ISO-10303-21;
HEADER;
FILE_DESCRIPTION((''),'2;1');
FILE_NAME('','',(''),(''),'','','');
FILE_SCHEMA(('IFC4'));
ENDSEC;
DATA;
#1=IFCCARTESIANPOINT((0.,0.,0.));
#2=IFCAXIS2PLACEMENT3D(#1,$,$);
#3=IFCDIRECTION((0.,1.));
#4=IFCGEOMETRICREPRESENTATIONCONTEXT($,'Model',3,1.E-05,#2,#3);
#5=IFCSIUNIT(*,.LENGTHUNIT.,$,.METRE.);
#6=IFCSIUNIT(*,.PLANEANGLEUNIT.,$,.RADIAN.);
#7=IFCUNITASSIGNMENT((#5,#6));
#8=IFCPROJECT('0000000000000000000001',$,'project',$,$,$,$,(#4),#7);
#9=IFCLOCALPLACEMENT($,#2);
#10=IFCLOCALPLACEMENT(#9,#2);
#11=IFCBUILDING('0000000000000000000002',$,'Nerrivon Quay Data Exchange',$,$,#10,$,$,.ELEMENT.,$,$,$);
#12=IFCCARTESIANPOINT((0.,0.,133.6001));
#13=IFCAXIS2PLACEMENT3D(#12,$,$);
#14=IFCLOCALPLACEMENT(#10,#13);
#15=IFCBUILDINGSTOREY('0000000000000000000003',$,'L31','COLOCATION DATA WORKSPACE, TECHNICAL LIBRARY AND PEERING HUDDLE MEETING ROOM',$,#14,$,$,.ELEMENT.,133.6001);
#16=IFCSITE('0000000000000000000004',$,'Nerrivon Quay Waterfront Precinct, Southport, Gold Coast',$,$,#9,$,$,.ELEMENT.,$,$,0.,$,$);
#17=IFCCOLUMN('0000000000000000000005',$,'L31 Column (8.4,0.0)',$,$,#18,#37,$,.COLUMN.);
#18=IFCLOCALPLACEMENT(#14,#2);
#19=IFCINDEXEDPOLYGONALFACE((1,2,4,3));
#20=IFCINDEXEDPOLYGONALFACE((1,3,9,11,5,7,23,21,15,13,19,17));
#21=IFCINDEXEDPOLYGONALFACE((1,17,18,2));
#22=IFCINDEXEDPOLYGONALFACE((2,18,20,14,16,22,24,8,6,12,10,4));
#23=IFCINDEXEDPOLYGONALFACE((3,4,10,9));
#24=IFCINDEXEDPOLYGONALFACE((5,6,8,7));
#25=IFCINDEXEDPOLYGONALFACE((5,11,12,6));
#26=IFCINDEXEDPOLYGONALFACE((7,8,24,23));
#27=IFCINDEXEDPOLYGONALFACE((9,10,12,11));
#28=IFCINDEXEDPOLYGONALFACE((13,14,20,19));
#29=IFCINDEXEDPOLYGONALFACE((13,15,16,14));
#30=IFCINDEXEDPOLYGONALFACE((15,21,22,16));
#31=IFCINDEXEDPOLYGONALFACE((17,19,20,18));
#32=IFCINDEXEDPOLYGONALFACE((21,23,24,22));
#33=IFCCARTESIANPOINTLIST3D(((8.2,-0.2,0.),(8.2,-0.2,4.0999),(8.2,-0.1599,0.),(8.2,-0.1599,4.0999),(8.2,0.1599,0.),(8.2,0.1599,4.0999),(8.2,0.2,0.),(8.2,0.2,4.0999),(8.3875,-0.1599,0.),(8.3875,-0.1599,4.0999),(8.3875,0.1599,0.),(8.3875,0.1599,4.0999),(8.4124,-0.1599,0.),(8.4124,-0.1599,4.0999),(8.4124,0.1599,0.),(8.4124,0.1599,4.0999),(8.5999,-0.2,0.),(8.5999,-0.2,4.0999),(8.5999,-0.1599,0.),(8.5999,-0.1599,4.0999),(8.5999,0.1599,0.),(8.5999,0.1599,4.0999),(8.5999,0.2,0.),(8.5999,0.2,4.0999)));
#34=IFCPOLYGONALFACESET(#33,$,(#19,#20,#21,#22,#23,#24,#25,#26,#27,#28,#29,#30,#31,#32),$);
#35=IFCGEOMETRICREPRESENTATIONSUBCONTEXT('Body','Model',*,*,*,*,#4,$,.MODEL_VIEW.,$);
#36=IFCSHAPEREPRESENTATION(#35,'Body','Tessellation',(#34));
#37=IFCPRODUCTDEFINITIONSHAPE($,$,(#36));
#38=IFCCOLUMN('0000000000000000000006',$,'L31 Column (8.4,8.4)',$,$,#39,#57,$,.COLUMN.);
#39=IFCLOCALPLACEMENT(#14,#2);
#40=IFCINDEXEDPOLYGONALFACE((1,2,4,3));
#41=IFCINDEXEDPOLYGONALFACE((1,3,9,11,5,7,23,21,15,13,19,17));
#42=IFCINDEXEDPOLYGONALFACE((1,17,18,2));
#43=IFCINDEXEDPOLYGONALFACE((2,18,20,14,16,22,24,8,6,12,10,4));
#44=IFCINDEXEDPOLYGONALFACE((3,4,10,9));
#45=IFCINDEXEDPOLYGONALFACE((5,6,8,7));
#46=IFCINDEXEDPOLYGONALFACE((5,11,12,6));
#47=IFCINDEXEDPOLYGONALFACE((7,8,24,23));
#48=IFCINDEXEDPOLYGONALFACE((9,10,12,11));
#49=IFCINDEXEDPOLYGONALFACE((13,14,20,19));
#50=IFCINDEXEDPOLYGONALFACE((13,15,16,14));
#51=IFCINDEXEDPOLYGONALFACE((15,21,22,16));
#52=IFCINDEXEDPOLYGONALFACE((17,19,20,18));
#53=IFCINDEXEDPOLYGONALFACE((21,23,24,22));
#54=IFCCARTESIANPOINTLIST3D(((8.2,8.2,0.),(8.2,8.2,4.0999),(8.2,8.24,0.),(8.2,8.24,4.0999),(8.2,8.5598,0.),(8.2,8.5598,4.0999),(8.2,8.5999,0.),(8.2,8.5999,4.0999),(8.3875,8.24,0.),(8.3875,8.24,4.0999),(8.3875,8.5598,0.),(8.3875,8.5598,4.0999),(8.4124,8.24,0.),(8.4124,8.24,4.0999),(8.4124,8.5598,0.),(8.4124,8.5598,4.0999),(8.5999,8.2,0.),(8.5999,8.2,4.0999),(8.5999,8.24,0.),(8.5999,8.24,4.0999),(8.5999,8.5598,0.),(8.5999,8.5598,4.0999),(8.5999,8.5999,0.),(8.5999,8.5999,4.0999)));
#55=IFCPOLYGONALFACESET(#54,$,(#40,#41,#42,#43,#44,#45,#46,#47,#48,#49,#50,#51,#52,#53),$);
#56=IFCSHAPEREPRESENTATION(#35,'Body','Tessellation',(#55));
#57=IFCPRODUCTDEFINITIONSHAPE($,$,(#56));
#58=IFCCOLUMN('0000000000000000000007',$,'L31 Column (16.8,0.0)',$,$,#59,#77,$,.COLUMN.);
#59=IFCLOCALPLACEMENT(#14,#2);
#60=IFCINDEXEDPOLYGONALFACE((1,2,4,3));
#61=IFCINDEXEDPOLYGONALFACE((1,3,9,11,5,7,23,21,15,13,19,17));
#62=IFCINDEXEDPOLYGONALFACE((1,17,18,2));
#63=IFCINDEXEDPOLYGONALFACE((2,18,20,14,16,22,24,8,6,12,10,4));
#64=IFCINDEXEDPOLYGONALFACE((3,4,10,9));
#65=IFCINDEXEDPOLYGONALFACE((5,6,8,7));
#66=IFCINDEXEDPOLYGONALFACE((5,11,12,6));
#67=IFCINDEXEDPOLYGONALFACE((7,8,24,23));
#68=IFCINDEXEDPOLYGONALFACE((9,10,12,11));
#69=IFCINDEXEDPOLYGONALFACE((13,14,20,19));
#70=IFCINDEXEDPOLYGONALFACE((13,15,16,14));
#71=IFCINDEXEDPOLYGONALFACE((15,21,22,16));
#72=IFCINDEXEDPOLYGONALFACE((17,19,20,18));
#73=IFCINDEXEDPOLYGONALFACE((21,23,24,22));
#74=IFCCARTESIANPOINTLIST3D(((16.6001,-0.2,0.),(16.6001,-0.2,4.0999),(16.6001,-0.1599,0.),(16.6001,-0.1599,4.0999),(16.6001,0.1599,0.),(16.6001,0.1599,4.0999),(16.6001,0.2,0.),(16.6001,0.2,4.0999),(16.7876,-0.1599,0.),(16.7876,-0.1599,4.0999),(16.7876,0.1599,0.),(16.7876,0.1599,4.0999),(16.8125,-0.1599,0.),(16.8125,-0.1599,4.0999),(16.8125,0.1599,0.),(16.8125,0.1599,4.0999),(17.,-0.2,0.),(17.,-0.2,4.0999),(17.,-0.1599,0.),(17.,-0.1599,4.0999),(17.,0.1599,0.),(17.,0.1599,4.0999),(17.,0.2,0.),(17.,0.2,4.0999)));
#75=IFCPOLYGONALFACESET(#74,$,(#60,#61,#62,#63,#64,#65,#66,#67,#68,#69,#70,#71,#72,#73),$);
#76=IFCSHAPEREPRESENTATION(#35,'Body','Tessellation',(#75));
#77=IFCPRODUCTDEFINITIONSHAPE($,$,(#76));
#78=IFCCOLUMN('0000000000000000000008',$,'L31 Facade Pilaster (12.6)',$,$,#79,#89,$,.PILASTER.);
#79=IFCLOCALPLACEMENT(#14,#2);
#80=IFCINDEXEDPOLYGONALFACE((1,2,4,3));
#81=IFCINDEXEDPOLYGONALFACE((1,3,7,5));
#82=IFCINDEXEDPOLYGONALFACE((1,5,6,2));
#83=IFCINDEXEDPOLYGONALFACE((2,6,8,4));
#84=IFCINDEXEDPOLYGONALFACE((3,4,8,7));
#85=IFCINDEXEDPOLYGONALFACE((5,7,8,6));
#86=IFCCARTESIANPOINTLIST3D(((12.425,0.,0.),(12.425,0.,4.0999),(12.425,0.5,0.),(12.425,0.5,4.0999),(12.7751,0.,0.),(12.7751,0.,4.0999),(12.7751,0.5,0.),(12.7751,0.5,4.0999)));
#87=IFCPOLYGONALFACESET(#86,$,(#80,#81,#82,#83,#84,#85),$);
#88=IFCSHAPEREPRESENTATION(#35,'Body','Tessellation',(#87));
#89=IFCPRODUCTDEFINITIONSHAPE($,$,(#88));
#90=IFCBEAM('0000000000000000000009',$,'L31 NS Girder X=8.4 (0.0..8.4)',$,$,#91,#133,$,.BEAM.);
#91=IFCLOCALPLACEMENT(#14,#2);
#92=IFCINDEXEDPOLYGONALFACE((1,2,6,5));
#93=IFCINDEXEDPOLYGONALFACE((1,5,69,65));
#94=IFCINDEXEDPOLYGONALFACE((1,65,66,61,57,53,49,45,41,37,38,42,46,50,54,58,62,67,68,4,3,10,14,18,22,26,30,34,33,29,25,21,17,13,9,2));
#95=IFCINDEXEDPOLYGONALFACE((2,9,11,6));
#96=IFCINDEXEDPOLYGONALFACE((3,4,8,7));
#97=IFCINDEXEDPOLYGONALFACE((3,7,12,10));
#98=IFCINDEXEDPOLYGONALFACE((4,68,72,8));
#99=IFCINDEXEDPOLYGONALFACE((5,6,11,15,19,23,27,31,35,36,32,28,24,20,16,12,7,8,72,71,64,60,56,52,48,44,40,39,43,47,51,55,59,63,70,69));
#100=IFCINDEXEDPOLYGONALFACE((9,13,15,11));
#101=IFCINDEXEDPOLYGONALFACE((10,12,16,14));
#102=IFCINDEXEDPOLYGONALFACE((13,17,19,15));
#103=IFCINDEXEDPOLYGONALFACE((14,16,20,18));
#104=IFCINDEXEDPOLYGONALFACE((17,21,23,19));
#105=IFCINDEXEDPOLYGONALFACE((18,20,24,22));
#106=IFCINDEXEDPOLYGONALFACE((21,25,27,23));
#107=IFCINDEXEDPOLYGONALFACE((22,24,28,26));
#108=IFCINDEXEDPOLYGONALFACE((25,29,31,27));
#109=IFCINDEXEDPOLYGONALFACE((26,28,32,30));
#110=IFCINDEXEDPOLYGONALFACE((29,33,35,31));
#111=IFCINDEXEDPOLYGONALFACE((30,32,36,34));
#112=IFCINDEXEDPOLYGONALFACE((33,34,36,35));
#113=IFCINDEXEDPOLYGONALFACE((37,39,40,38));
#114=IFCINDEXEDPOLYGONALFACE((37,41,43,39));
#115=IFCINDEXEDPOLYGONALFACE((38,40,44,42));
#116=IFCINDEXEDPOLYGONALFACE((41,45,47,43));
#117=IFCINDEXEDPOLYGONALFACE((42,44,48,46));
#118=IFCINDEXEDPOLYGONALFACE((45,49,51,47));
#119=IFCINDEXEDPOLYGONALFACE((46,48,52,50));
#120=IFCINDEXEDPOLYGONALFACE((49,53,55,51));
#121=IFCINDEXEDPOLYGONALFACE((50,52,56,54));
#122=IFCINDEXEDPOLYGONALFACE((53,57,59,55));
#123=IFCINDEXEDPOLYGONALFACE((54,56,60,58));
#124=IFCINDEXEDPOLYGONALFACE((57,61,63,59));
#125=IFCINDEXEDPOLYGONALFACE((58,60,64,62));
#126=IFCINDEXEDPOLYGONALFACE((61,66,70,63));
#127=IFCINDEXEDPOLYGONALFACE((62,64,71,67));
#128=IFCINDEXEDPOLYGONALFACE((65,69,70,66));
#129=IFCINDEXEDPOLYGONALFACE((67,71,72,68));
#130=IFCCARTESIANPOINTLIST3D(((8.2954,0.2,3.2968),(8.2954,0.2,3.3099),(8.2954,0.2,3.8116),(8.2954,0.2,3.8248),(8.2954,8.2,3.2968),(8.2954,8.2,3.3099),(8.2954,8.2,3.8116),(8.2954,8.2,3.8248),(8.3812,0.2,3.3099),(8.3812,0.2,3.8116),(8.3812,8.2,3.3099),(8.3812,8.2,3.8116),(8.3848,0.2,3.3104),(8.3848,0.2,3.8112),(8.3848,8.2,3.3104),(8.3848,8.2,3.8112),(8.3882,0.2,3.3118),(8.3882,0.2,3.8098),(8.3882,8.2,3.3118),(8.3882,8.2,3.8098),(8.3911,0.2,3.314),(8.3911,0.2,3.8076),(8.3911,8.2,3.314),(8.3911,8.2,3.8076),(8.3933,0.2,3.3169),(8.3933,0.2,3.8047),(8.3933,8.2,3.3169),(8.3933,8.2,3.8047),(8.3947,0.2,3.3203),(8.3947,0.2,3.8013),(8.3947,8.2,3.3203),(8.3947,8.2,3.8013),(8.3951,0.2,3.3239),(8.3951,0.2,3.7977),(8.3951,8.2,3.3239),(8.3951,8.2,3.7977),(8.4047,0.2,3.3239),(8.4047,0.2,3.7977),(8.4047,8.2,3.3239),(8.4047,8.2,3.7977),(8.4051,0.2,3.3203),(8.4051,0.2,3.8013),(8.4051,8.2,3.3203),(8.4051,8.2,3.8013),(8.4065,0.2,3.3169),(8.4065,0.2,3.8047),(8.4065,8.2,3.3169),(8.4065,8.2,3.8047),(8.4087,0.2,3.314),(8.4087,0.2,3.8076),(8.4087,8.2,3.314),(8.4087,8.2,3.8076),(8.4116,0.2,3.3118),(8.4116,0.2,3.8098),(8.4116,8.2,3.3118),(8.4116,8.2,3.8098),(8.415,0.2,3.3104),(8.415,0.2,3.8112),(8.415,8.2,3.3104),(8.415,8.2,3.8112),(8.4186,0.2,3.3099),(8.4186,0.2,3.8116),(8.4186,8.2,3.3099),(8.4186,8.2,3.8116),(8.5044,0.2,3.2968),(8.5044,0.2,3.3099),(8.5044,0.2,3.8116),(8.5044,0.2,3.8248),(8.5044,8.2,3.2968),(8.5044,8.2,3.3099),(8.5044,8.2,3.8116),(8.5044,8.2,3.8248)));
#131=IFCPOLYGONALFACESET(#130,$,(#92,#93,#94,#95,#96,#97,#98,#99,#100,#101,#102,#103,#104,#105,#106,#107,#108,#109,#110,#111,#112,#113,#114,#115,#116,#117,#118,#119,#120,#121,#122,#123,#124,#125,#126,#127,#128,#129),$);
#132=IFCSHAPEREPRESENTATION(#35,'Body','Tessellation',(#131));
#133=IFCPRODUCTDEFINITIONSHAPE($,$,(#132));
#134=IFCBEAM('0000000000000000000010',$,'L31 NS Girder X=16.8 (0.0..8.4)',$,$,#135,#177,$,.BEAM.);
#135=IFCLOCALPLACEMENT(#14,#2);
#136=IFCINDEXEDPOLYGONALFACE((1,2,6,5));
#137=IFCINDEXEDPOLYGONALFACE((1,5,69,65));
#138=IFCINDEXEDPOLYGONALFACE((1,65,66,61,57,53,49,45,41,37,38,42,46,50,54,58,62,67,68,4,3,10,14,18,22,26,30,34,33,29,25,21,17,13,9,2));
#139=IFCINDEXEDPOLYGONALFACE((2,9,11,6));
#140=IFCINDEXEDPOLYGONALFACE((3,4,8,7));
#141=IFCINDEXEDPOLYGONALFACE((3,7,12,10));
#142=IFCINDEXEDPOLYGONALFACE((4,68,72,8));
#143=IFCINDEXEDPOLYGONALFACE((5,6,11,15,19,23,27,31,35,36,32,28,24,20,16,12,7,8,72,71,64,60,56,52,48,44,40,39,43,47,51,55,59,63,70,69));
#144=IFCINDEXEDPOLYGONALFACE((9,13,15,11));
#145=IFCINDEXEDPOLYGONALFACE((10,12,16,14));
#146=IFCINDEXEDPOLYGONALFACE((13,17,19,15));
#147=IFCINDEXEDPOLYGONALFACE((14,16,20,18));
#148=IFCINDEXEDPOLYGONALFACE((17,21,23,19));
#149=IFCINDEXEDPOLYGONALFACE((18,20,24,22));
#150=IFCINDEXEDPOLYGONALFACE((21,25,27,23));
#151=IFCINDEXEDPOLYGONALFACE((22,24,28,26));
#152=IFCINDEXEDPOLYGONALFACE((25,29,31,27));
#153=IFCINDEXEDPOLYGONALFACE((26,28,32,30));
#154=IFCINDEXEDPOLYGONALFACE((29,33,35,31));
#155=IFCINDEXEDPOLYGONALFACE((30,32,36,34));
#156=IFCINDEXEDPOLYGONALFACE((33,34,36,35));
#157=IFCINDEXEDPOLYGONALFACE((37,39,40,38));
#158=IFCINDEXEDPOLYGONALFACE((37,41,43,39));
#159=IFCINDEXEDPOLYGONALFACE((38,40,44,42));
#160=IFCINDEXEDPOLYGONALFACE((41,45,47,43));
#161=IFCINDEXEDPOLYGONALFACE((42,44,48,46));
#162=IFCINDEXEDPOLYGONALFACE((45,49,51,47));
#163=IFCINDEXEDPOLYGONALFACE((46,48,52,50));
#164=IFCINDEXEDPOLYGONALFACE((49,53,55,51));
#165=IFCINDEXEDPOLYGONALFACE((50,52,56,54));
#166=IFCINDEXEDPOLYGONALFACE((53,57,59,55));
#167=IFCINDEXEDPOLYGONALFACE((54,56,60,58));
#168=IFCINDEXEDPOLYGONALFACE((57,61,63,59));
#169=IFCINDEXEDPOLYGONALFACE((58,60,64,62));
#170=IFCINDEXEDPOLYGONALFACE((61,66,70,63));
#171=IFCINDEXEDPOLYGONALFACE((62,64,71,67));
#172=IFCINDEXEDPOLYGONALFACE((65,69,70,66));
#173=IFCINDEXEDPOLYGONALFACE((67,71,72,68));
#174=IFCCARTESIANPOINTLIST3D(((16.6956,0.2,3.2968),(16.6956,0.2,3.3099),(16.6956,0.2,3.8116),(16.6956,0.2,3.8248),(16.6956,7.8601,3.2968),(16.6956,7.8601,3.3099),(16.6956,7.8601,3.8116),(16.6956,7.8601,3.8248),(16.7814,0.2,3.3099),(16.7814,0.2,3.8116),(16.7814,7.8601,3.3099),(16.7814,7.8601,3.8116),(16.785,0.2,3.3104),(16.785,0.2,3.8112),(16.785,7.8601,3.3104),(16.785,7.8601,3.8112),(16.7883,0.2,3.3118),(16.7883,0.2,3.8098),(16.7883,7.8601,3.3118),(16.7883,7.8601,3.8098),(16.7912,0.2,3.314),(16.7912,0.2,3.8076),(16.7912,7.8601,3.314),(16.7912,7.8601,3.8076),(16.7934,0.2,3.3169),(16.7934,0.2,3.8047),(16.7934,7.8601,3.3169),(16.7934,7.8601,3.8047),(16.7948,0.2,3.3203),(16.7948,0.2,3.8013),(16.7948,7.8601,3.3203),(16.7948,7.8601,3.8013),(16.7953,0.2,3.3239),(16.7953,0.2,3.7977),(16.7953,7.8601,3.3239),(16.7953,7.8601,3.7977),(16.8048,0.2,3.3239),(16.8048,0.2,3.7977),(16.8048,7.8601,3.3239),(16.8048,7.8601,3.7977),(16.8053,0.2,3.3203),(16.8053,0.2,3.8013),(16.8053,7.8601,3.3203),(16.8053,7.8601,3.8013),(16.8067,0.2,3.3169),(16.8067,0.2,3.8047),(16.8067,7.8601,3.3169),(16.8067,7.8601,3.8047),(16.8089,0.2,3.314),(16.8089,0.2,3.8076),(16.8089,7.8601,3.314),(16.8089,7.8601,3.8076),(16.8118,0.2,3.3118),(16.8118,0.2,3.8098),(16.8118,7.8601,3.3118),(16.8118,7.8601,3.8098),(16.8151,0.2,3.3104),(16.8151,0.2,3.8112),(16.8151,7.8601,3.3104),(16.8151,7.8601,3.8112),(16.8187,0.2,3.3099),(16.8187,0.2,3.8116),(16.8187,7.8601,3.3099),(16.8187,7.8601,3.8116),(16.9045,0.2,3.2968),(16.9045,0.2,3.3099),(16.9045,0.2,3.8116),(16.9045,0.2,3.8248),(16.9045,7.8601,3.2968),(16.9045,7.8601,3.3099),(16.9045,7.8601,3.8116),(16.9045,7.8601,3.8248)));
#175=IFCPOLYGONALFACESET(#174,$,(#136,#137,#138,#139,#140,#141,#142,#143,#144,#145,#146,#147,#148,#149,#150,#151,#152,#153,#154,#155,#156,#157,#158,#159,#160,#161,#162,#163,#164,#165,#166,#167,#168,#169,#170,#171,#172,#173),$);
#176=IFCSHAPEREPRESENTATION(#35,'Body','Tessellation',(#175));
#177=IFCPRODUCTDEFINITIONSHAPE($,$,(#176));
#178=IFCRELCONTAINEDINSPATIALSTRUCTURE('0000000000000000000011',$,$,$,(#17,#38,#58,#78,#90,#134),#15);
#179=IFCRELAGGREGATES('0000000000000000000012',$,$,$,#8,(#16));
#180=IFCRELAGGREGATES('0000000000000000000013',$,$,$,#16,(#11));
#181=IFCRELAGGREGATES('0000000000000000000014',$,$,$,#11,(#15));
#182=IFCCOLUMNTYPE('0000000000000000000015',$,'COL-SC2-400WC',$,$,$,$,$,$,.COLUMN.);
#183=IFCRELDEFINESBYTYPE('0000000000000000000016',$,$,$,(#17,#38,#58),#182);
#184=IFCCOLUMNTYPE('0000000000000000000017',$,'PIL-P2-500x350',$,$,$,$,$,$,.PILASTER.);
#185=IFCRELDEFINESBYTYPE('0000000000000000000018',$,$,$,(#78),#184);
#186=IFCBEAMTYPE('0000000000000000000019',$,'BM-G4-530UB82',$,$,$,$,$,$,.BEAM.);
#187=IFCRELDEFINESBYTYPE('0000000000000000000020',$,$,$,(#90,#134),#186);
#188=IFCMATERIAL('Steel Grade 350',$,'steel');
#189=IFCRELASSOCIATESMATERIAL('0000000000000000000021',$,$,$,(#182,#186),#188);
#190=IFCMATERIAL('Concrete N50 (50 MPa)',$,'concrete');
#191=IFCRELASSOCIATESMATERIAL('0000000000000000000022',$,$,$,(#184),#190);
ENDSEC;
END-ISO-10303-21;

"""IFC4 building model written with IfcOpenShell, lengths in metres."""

from ifc_helpers import new_model, si_unit, direction, frame, origin, origin_2d, place, context, subcontext, project, spatial, rectangle, i_section, extrude, material, material_profile, profile_set, type_object, element, save


model = new_model("IFC4")

# Units and contexts
model_context = context("Model", 3, precision=1e-05, world=origin(), true_north=direction((0.0, 1.0)))
body_context = subcontext(model_context, "Body", "Model", "MODEL_VIEW")
ifc_project = project(units=[si_unit("LENGTHUNIT", "METRE"), si_unit("PLANEANGLEUNIT", "RADIAN")], contexts=[model_context])

# Site, building, storey
site_placement = place(None, origin())
site = spatial("IfcSite", under=ifc_project, at=site_placement, Name="Nerrivon Quay Waterfront Precinct, Southport, Gold Coast", CompositionType="ELEMENT", RefElevation=0.0)
building_placement = place(site_placement, origin())
building = spatial("IfcBuilding", under=site, at=building_placement, Name="Nerrivon Quay Data Exchange", CompositionType="ELEMENT")
storey_placement = place(building_placement, frame((0.0, 0.0, 133.6001)))
storey = spatial("IfcBuildingStorey", under=building, at=storey_placement, Name="L31", Description="COLOCATION DATA WORKSPACE, TECHNICAL LIBRARY AND PEERING HUDDLE MEETING ROOM", CompositionType="ELEMENT", Elevation=133.6001)

# Columns
ifc_material_1 = material(Name="Steel Grade 350", Category="steel")
ifc_material_profile_1 = material_profile(ifc_material_1, i_section(OverallWidth=0.3999, OverallDepth=0.3999, WebThickness=0.0249, FlangeThickness=0.04, at=origin_2d()), Name="400WC328")
ifc_profile_set_1 = profile_set([ifc_material_profile_1], Name="Steel Grade 350")
column_type_1 = type_object("IfcColumnType", Name="COL-SC2-400WC", PredefinedType="COLUMN", material=ifc_profile_set_1)
for number, where, z_axis, x_axis, name in (
    (1, (8.3999, 0.0, 0.0), (0.0, 0.0, 1.0), (1.0, 0.0, 0.0), "L31 Column (8.4,0.0)"),
    (2, (8.3999, 8.3999, 0.0), (0.0, 0.0, 1.0), (1.0, 0.0, 0.0), "L31 Column (8.4,8.4)"),
    (3, (16.8, 0.0, 0.0), (0.0, 0.0, 1.0), (1.0, 0.0, 0.0), "L31 Column (16.8,0.0)"),
):
    element("IfcColumn", number, at=place(storey_placement, frame(where, z_axis=z_axis, x_axis=x_axis)), inside=storey, type_object=column_type_1, Name=name, PredefinedType="COLUMN", context=body_context, shape_type="SweptSolid", body=[
        extrude(i_section(OverallWidth=0.3999, OverallDepth=0.3999, WebThickness=0.0249, FlangeThickness=0.04, at=origin_2d()), origin(), (0.0, 0.0, 1.0), 4.0999),
    ])
ifc_material_2 = material(Name="Concrete N50 (50 MPa)", Category="concrete")
ifc_material_profile_2 = material_profile(ifc_material_2, rectangle(XDim=0.3501, YDim=0.5, at=origin_2d()), Name="RC-PIL-500x350")
ifc_profile_set_2 = profile_set([ifc_material_profile_2], Name="Concrete N50 (50 MPa)")
column_type_2 = type_object("IfcColumnType", Name="PIL-P2-500x350", PredefinedType="PILASTER", material=ifc_profile_set_2)
column_placement = place(storey_placement, frame((12.6001, 0.25, 0.0), z_axis=(0.0, 0.0, 1.0), x_axis=(1.0, 0.0, 0.0)))
element("IfcColumn", 4, at=column_placement, inside=storey, type_object=column_type_2, Name="L31 Facade Pilaster (12.6)", PredefinedType="PILASTER", context=body_context, shape_type="SweptSolid", body=[
    extrude(rectangle(XDim=0.3501, YDim=0.5, at=origin_2d()), origin(), (0.0, 0.0, 1.0), 4.0999),
])

# Beams
ifc_material_profile_3 = material_profile(ifc_material_1, i_section(OverallWidth=0.209, OverallDepth=0.5281, WebThickness=0.0095, FlangeThickness=0.0132, FilletRadius=0.0139, at=origin_2d()), Name="530UB82.0")
ifc_profile_set_3 = profile_set([ifc_material_profile_3], Name="Steel Grade 350")
beam_type_1 = type_object("IfcBeamType", Name="BM-G4-530UB82", PredefinedType="BEAM", material=ifc_profile_set_3)
beam_1_placement = place(storey_placement, frame((8.3999, 0.2, 3.5608), z_axis=(0.0, 1.0, 0.0), x_axis=(-1.0, 0.0, 0.0)))
element("IfcBeam", 5, at=beam_1_placement, inside=storey, type_object=beam_type_1, Name="L31 NS Girder X=8.4 (0.0..8.4)", PredefinedType="BEAM", context=body_context, shape_type="SweptSolid", body=[
    extrude(i_section(OverallWidth=0.209, OverallDepth=0.5281, WebThickness=0.0095, FlangeThickness=0.0132, FilletRadius=0.0139, at=origin_2d()), origin(), (0.0, 0.0, 1.0), 8.0),
])
beam_2_placement = place(storey_placement, frame((16.8, 0.2, 3.5608), z_axis=(0.0, 1.0, 0.0), x_axis=(-1.0, 0.0, 0.0)))
element("IfcBeam", 6, at=beam_2_placement, inside=storey, type_object=beam_type_1, Name="L31 NS Girder X=16.8 (0.0..8.4)", PredefinedType="BEAM", context=body_context, shape_type="SweptSolid", body=[
    extrude(i_section(OverallWidth=0.209, OverallDepth=0.5281, WebThickness=0.0095, FlangeThickness=0.0132, FilletRadius=0.0139, at=origin_2d()), origin(), (0.0, 0.0, 1.0), 7.6602),
])

save(model, "model.ifc")
